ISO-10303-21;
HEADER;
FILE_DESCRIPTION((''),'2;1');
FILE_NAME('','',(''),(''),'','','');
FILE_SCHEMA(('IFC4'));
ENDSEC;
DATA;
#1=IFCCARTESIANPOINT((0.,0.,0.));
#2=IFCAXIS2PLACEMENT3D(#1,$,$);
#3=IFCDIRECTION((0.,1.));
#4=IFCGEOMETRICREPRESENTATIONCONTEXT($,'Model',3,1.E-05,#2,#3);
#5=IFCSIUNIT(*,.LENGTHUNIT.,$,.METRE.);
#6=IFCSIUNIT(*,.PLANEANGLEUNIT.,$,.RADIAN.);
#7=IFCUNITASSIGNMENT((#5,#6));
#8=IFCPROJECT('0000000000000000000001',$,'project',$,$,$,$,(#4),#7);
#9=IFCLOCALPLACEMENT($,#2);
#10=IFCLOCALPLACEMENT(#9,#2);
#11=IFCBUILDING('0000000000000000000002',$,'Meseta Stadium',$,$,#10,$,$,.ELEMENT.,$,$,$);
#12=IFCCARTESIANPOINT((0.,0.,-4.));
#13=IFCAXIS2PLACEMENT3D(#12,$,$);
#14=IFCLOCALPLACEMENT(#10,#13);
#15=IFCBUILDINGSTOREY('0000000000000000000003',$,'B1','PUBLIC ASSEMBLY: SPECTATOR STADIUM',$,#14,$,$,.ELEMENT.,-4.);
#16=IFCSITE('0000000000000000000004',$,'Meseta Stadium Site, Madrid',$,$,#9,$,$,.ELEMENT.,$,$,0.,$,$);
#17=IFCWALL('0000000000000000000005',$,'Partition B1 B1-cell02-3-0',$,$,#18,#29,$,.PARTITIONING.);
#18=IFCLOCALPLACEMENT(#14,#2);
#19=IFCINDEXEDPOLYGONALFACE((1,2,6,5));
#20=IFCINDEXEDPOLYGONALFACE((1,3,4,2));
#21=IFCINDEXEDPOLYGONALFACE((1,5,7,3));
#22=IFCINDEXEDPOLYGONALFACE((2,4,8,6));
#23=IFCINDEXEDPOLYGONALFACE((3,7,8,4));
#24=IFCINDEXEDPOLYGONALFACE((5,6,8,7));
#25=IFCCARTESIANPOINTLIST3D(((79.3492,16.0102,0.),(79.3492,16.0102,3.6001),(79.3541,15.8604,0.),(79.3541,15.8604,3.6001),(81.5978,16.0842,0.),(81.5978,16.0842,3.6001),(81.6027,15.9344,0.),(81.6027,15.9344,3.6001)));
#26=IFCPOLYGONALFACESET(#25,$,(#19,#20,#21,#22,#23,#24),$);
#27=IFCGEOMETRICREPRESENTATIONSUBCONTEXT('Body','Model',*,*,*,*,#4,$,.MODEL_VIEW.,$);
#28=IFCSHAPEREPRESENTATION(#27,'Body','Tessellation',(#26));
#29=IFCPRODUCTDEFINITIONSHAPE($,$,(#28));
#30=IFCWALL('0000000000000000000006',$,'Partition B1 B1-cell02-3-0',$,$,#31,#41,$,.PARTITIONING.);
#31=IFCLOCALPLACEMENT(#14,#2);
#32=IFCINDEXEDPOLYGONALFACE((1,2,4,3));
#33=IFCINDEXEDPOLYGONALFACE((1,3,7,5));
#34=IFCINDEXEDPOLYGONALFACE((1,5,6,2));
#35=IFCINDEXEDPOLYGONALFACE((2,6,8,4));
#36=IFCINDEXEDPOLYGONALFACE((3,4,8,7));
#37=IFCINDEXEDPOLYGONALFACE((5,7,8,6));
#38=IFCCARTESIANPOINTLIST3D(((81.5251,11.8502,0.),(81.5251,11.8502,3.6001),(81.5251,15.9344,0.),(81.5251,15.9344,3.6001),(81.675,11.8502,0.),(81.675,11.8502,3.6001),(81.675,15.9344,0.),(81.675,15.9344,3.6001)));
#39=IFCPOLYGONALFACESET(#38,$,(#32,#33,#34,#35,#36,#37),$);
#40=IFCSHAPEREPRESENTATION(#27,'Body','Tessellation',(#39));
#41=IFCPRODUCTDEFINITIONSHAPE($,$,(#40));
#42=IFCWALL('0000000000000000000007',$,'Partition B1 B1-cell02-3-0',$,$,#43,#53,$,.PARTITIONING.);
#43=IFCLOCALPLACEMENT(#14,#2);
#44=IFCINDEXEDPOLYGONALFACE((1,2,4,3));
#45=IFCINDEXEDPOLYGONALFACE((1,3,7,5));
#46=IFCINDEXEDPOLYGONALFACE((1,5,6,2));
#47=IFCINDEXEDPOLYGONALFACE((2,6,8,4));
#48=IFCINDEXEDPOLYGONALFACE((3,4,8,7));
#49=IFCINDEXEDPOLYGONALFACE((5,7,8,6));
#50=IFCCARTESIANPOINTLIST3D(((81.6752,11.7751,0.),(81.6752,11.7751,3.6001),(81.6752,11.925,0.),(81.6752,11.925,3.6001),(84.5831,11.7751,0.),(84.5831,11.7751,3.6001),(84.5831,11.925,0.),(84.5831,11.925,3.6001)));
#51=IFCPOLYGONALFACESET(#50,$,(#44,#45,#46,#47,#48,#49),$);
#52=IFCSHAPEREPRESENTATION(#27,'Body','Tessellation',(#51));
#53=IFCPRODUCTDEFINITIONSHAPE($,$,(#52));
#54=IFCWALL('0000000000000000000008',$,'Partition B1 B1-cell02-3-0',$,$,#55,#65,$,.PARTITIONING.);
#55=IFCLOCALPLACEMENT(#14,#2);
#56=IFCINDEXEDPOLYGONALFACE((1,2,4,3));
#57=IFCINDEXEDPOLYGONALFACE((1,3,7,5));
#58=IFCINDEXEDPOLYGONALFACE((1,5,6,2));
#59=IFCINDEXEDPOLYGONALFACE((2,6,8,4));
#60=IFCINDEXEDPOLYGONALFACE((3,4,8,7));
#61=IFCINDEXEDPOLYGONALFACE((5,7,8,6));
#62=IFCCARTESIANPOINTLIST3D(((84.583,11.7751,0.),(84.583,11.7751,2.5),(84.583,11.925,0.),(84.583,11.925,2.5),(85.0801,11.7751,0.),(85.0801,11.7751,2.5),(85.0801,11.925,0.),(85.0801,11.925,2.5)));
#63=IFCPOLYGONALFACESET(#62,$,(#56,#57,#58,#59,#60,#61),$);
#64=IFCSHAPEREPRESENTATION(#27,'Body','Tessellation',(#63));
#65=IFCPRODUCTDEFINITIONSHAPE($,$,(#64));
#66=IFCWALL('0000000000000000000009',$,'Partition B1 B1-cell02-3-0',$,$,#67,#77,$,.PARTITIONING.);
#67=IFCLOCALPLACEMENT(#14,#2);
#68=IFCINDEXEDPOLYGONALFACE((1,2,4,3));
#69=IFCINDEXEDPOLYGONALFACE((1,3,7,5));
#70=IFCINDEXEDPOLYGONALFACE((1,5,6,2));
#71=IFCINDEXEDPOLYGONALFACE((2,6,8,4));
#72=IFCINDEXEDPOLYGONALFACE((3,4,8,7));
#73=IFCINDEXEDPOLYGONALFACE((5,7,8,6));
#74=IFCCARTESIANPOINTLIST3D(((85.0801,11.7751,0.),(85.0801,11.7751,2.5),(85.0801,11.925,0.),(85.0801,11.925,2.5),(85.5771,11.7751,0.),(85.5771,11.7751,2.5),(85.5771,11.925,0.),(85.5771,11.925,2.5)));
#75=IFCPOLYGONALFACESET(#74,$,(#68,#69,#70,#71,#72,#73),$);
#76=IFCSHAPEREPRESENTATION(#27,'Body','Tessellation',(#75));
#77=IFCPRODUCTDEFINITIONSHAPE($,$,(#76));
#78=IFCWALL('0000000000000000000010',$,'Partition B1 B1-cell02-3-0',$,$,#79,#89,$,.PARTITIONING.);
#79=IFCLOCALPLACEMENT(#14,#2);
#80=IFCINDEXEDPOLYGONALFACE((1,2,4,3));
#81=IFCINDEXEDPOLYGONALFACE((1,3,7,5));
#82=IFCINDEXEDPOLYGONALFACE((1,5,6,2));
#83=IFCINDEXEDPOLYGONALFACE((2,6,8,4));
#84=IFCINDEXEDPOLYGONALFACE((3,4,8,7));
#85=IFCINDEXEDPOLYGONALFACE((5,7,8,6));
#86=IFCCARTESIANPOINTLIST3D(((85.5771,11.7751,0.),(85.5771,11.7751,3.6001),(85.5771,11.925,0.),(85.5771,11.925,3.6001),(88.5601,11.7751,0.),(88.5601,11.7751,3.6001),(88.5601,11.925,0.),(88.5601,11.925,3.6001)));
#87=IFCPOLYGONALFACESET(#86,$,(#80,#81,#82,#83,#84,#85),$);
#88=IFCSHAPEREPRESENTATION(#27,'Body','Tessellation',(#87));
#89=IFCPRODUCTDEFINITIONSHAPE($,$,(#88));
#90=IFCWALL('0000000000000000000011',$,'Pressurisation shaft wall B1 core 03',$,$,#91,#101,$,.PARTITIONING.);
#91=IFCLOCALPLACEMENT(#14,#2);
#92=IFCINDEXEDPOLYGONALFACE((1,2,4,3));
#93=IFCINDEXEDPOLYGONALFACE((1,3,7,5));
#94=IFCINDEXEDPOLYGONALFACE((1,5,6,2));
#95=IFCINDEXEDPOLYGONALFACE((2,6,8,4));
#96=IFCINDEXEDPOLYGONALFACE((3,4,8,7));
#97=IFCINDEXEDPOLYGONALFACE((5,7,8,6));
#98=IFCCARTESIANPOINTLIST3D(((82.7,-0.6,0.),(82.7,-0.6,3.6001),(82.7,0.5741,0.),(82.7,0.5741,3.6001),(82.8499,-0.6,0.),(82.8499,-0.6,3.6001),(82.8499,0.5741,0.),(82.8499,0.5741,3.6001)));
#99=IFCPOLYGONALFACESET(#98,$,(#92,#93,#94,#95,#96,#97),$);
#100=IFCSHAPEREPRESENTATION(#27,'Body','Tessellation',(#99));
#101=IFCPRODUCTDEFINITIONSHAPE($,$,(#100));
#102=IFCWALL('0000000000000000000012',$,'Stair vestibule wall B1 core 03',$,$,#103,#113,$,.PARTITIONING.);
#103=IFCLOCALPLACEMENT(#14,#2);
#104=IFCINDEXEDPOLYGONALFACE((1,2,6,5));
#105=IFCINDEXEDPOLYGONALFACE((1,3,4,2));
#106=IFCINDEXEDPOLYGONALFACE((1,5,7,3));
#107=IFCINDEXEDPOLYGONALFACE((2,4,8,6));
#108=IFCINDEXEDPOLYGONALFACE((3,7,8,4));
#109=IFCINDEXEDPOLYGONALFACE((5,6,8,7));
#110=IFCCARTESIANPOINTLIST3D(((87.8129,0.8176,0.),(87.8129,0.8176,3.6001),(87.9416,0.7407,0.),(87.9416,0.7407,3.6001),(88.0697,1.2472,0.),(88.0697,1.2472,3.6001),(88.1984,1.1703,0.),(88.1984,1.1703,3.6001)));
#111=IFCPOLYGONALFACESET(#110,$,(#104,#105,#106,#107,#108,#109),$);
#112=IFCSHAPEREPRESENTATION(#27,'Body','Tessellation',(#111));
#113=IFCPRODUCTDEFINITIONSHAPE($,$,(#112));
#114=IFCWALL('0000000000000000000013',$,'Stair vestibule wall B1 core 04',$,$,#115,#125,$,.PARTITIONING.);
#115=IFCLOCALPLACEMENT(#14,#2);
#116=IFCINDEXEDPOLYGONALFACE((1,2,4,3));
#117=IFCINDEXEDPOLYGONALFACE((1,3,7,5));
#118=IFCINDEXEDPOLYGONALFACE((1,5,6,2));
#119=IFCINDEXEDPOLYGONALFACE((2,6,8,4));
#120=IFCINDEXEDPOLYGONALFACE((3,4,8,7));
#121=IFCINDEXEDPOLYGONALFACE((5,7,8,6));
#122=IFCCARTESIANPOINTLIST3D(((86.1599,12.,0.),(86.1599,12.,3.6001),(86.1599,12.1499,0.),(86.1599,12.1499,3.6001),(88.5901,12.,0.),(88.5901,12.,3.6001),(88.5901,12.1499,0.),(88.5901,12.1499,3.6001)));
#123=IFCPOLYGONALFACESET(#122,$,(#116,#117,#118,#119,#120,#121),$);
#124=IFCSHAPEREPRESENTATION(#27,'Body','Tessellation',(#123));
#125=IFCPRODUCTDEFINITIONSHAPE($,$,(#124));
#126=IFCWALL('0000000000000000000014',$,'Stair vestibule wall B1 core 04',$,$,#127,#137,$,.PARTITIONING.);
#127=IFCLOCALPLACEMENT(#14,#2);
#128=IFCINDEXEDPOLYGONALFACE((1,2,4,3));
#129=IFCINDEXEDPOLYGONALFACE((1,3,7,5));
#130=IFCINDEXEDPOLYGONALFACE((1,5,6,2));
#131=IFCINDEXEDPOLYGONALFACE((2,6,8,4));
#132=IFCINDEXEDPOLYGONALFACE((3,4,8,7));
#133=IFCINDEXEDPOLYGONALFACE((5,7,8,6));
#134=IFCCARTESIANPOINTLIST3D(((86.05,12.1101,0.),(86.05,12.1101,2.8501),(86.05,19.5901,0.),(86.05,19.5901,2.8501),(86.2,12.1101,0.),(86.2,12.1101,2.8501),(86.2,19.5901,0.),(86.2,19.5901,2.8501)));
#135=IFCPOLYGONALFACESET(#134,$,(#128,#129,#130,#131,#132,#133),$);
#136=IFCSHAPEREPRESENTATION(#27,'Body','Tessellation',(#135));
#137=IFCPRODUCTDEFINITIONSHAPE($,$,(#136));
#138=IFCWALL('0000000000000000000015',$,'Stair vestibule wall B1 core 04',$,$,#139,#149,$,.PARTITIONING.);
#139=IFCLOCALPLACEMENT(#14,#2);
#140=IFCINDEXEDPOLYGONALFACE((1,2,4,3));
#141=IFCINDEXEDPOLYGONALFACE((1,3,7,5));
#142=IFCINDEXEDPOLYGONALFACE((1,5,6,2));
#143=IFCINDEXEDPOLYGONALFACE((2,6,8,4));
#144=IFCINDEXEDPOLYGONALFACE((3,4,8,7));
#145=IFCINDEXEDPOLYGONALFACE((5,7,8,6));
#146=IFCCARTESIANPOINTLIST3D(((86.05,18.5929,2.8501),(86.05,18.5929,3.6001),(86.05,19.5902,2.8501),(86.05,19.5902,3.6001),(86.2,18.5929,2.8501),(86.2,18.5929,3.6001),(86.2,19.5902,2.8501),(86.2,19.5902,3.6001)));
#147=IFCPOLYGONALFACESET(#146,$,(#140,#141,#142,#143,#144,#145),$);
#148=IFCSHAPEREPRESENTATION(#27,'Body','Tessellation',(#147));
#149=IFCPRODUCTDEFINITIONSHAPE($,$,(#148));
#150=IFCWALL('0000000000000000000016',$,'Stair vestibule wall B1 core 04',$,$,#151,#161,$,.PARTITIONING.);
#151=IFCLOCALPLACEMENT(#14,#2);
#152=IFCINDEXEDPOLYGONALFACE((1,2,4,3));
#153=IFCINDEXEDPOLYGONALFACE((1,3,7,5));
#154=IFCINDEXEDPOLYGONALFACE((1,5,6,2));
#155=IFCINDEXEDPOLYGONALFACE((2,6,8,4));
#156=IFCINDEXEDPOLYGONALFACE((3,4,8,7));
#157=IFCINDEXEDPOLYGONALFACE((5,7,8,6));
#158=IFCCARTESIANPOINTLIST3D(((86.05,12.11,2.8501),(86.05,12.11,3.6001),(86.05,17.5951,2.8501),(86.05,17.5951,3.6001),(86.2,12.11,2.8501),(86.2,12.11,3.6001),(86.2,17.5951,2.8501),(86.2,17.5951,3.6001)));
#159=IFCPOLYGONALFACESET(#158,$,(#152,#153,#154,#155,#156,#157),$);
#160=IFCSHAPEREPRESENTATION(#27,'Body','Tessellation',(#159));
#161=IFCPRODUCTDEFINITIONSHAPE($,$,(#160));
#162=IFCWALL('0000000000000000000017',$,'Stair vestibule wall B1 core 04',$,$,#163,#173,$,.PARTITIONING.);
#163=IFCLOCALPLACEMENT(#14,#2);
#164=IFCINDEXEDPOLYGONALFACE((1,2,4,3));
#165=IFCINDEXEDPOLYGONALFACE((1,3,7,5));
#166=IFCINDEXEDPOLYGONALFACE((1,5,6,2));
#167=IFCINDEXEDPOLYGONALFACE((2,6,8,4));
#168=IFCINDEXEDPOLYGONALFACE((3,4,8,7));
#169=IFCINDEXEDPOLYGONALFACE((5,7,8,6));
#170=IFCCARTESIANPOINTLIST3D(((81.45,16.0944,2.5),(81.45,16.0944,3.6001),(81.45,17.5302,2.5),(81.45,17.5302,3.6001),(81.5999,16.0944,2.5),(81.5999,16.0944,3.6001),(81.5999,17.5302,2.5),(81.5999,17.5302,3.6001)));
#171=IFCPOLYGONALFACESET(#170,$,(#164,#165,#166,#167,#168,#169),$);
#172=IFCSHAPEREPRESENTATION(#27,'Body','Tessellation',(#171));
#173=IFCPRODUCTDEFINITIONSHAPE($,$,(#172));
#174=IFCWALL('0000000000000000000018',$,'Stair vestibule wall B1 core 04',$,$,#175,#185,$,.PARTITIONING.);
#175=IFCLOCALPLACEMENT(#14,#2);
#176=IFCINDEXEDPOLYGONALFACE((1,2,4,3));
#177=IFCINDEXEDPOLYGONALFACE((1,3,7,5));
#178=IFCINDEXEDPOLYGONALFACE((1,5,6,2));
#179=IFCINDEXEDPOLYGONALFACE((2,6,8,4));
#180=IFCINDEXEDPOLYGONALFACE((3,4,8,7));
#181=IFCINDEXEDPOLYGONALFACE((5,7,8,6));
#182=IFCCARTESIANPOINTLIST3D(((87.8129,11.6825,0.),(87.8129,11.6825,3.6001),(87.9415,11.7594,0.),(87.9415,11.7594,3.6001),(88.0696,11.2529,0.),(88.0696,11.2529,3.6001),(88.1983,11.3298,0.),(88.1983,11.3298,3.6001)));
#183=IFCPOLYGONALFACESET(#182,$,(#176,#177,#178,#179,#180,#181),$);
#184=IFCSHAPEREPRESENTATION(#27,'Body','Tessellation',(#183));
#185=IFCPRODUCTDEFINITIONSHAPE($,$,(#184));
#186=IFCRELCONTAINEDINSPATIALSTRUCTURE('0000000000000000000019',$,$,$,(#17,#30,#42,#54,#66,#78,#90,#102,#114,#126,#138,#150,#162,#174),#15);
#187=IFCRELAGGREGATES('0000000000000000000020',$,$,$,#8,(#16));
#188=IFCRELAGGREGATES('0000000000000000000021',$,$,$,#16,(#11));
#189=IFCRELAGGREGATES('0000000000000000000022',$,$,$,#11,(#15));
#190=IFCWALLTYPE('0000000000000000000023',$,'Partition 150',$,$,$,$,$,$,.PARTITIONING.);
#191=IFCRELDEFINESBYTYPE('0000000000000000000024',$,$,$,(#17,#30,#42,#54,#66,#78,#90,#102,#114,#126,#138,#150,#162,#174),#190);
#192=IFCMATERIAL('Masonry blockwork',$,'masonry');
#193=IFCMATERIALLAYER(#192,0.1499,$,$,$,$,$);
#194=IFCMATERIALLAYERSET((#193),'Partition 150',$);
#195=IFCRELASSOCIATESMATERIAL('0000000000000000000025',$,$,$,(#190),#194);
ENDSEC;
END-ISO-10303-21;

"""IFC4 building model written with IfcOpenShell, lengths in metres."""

from ifc_helpers import new_model, si_unit, direction, frame, frame_2d, origin, place, context, subcontext, project, spatial, rectangle, extrude, material, layer, layer_set, type_object, element, save


model = new_model("IFC4")

# Units and contexts
model_context = context("Model", 3, precision=1e-05, world=origin(), true_north=direction((0.0, 1.0)))
body_context = subcontext(model_context, "Body", "Model", "MODEL_VIEW")
ifc_project = project(units=[si_unit("LENGTHUNIT", "METRE"), si_unit("PLANEANGLEUNIT", "RADIAN")], contexts=[model_context])

# Site, building, storey
site_placement = place(None, origin())
site = spatial("IfcSite", under=ifc_project, at=site_placement, Name="Meseta Stadium Site, Madrid", CompositionType="ELEMENT", RefElevation=0.0)
building_placement = place(site_placement, origin())
building = spatial("IfcBuilding", under=site, at=building_placement, Name="Meseta Stadium", CompositionType="ELEMENT")
storey_placement = place(building_placement, frame((0.0, 0.0, -4.0)))
storey = spatial("IfcBuildingStorey", under=building, at=storey_placement, Name="B1", Description="PUBLIC ASSEMBLY: SPECTATOR STADIUM", CompositionType="ELEMENT", Elevation=-4.0)

# Walls
ifc_material_1 = material(Name="Masonry blockwork", Category="masonry")
ifc_layer = layer(ifc_material_1, 0.1499)
ifc_layer_set = layer_set([ifc_layer], Name="Partition 150")
wall_type = type_object("IfcWallType", Name="Partition 150", PredefinedType="PARTITIONING", material=ifc_layer_set)
wall_1_placement = place(storey_placement, frame((79.3516, 15.9353, 0.0), z_axis=(0.0, 0.0, 1.0), x_axis=(0.999459, 0.032881, 0.0)))
element("IfcWall", 1, at=wall_1_placement, inside=storey, type_object=wall_type, Name="Partition B1 B1-cell02-3-0", PredefinedType="PARTITIONING", context=body_context, shape_type="SweptSolid", body=[
    extrude(rectangle(XDim=2.2498, YDim=0.1499, at=frame_2d((1.125, 0.0))), origin(), (0.0, 0.0, 1.0), 3.6001),
])
wall_2_placement = place(storey_placement, frame((81.6001, 15.9343, 0.0), z_axis=(0.0, 0.0, 1.0), x_axis=(0.0, -1.0, 0.0)))
element("IfcWall", 2, at=wall_2_placement, inside=storey, type_object=wall_type, Name="Partition B1 B1-cell02-3-0", PredefinedType="PARTITIONING", context=body_context, shape_type="SweptSolid", body=[
    extrude(rectangle(XDim=4.0842, YDim=0.1499, at=frame_2d((2.042, 0.0))), origin(), (0.0, 0.0, 1.0), 3.6001),
])
wall_3_placement = place(storey_placement, frame((81.675, 11.8501, 0.0), z_axis=(0.0, 0.0, 1.0), x_axis=(1.0, 0.0, 0.0)))
element("IfcWall", 3, at=wall_3_placement, inside=storey, type_object=wall_type, Name="Partition B1 B1-cell02-3-0", PredefinedType="PARTITIONING", context=body_context, shape_type="SweptSolid", body=[
    extrude(rectangle(XDim=2.908, YDim=0.1499, at=frame_2d((1.4541, 0.0))), origin(), (0.0, 0.0, 1.0), 3.6001),
])
for number, where, z_axis, x_axis, name in (
    (4, (84.583, 11.8501, 0.0), (0.0, 0.0, 1.0), (1.0, 0.0, 0.0), "Partition B1 B1-cell02-3-0"),
    (5, (85.0801, 11.8501, 0.0), (0.0, 0.0, 1.0), (1.0, 0.0, 0.0), "Partition B1 B1-cell02-3-0"),
):
    element("IfcWall", number, at=place(storey_placement, frame(where, z_axis=z_axis, x_axis=x_axis)), inside=storey, type_object=wall_type, Name=name, PredefinedType="PARTITIONING", context=body_context, shape_type="SweptSolid", body=[
        extrude(rectangle(XDim=0.4971, YDim=0.1499, at=frame_2d((0.2485, 0.0))), origin(), (0.0, 0.0, 1.0), 2.5),
    ])
wall_4_placement = place(storey_placement, frame((85.5771, 11.8501, 0.0), z_axis=(0.0, 0.0, 1.0), x_axis=(1.0, 0.0, 0.0)))
element("IfcWall", 6, at=wall_4_placement, inside=storey, type_object=wall_type, Name="Partition B1 B1-cell02-3-0", PredefinedType="PARTITIONING", context=body_context, shape_type="SweptSolid", body=[
    extrude(rectangle(XDim=2.9829, YDim=0.1499, at=frame_2d((1.4915, 0.0))), origin(), (0.0, 0.0, 1.0), 3.6001),
])
wall_5_placement = place(storey_placement, frame((82.7749, 0.574, 0.0), z_axis=(0.0, 0.0, 1.0), x_axis=(0.0, -1.0, 0.0)))
element("IfcWall", 7, at=wall_5_placement, inside=storey, type_object=wall_type, Name="Pressurisation shaft wall B1 core 03", PredefinedType="PARTITIONING", context=body_context, shape_type="SweptSolid", body=[
    extrude(rectangle(XDim=1.1741, YDim=0.1499, at=frame_2d((0.5869, 0.0))), origin(), (0.0, 0.0, 1.0), 3.6001),
])
wall_6_placement = place(storey_placement, frame((88.134, 1.2087, 0.0), z_axis=(0.0, 0.0, 1.0), x_axis=(-0.513061, -0.858352, 0.0)))
element("IfcWall", 8, at=wall_6_placement, inside=storey, type_object=wall_type, Name="Stair vestibule wall B1 core 03", PredefinedType="PARTITIONING", context=body_context, shape_type="SweptSolid", body=[
    extrude(rectangle(XDim=0.5005, YDim=0.1499, at=frame_2d((0.2502, 0.0))), origin(), (0.0, 0.0, 1.0), 3.6001),
])
wall_7_placement = place(storey_placement, frame((86.1599, 12.075, 0.0), z_axis=(0.0, 0.0, 1.0), x_axis=(1.0, 0.0, 0.0)))
element("IfcWall", 9, at=wall_7_placement, inside=storey, type_object=wall_type, Name="Stair vestibule wall B1 core 04", PredefinedType="PARTITIONING", context=body_context, shape_type="SweptSolid", body=[
    extrude(rectangle(XDim=2.4302, YDim=0.1499, at=frame_2d((1.2151, 0.0))), origin(), (0.0, 0.0, 1.0), 3.6001),
])
wall_8_placement = place(storey_placement, frame((86.125, 19.5901, 0.0), z_axis=(0.0, 0.0, 1.0), x_axis=(0.0, -1.0, 0.0)))
element("IfcWall", 10, at=wall_8_placement, inside=storey, type_object=wall_type, Name="Stair vestibule wall B1 core 04", PredefinedType="PARTITIONING", context=body_context, shape_type="SweptSolid", body=[
    extrude(rectangle(XDim=7.48, YDim=0.1499, at=frame_2d((3.74, 0.0))), origin(), (0.0, 0.0, 1.0), 2.8501),
])
wall_9_placement = place(storey_placement, frame((86.125, 19.5901, 2.8501), z_axis=(0.0, 0.0, 1.0), x_axis=(0.0, -1.0, 0.0)))
element("IfcWall", 11, at=wall_9_placement, inside=storey, type_object=wall_type, Name="Stair vestibule wall B1 core 04", PredefinedType="PARTITIONING", context=body_context, shape_type="SweptSolid", body=[
    extrude(rectangle(XDim=0.9973, YDim=0.1499, at=frame_2d((0.4985, 0.0))), origin(), (0.0, 0.0, 1.0), 0.75),
])
wall_10_placement = place(storey_placement, frame((86.125, 17.5952, 2.8501), z_axis=(0.0, 0.0, 1.0), x_axis=(0.0, -1.0, 0.0)))
element("IfcWall", 12, at=wall_10_placement, inside=storey, type_object=wall_type, Name="Stair vestibule wall B1 core 04", PredefinedType="PARTITIONING", context=body_context, shape_type="SweptSolid", body=[
    extrude(rectangle(XDim=5.4851, YDim=0.1499, at=frame_2d((2.7427, 0.0))), origin(), (0.0, 0.0, 1.0), 0.75),
])
wall_11_placement = place(storey_placement, frame((81.5249, 17.53, 2.5), z_axis=(0.0, 0.0, 1.0), x_axis=(0.0, -1.0, 0.0)))
element("IfcWall", 13, at=wall_11_placement, inside=storey, type_object=wall_type, Name="Stair vestibule wall B1 core 04", PredefinedType="PARTITIONING", context=body_context, shape_type="SweptSolid", body=[
    extrude(rectangle(XDim=1.4358, YDim=0.1499, at=frame_2d((0.7178, 0.0))), origin(), (0.0, 0.0, 1.0), 1.1001),
])
wall_12_placement = place(storey_placement, frame((87.8772, 11.7209, 0.0), z_axis=(0.0, 0.0, 1.0), x_axis=(0.513061, -0.858352, 0.0)))
element("IfcWall", 14, at=wall_12_placement, inside=storey, type_object=wall_type, Name="Stair vestibule wall B1 core 04", PredefinedType="PARTITIONING", context=body_context, shape_type="SweptSolid", body=[
    extrude(rectangle(XDim=0.5005, YDim=0.1499, at=frame_2d((0.2502, 0.0))), origin(), (0.0, 0.0, 1.0), 3.6001),
])

save(model, "model.ifc")
